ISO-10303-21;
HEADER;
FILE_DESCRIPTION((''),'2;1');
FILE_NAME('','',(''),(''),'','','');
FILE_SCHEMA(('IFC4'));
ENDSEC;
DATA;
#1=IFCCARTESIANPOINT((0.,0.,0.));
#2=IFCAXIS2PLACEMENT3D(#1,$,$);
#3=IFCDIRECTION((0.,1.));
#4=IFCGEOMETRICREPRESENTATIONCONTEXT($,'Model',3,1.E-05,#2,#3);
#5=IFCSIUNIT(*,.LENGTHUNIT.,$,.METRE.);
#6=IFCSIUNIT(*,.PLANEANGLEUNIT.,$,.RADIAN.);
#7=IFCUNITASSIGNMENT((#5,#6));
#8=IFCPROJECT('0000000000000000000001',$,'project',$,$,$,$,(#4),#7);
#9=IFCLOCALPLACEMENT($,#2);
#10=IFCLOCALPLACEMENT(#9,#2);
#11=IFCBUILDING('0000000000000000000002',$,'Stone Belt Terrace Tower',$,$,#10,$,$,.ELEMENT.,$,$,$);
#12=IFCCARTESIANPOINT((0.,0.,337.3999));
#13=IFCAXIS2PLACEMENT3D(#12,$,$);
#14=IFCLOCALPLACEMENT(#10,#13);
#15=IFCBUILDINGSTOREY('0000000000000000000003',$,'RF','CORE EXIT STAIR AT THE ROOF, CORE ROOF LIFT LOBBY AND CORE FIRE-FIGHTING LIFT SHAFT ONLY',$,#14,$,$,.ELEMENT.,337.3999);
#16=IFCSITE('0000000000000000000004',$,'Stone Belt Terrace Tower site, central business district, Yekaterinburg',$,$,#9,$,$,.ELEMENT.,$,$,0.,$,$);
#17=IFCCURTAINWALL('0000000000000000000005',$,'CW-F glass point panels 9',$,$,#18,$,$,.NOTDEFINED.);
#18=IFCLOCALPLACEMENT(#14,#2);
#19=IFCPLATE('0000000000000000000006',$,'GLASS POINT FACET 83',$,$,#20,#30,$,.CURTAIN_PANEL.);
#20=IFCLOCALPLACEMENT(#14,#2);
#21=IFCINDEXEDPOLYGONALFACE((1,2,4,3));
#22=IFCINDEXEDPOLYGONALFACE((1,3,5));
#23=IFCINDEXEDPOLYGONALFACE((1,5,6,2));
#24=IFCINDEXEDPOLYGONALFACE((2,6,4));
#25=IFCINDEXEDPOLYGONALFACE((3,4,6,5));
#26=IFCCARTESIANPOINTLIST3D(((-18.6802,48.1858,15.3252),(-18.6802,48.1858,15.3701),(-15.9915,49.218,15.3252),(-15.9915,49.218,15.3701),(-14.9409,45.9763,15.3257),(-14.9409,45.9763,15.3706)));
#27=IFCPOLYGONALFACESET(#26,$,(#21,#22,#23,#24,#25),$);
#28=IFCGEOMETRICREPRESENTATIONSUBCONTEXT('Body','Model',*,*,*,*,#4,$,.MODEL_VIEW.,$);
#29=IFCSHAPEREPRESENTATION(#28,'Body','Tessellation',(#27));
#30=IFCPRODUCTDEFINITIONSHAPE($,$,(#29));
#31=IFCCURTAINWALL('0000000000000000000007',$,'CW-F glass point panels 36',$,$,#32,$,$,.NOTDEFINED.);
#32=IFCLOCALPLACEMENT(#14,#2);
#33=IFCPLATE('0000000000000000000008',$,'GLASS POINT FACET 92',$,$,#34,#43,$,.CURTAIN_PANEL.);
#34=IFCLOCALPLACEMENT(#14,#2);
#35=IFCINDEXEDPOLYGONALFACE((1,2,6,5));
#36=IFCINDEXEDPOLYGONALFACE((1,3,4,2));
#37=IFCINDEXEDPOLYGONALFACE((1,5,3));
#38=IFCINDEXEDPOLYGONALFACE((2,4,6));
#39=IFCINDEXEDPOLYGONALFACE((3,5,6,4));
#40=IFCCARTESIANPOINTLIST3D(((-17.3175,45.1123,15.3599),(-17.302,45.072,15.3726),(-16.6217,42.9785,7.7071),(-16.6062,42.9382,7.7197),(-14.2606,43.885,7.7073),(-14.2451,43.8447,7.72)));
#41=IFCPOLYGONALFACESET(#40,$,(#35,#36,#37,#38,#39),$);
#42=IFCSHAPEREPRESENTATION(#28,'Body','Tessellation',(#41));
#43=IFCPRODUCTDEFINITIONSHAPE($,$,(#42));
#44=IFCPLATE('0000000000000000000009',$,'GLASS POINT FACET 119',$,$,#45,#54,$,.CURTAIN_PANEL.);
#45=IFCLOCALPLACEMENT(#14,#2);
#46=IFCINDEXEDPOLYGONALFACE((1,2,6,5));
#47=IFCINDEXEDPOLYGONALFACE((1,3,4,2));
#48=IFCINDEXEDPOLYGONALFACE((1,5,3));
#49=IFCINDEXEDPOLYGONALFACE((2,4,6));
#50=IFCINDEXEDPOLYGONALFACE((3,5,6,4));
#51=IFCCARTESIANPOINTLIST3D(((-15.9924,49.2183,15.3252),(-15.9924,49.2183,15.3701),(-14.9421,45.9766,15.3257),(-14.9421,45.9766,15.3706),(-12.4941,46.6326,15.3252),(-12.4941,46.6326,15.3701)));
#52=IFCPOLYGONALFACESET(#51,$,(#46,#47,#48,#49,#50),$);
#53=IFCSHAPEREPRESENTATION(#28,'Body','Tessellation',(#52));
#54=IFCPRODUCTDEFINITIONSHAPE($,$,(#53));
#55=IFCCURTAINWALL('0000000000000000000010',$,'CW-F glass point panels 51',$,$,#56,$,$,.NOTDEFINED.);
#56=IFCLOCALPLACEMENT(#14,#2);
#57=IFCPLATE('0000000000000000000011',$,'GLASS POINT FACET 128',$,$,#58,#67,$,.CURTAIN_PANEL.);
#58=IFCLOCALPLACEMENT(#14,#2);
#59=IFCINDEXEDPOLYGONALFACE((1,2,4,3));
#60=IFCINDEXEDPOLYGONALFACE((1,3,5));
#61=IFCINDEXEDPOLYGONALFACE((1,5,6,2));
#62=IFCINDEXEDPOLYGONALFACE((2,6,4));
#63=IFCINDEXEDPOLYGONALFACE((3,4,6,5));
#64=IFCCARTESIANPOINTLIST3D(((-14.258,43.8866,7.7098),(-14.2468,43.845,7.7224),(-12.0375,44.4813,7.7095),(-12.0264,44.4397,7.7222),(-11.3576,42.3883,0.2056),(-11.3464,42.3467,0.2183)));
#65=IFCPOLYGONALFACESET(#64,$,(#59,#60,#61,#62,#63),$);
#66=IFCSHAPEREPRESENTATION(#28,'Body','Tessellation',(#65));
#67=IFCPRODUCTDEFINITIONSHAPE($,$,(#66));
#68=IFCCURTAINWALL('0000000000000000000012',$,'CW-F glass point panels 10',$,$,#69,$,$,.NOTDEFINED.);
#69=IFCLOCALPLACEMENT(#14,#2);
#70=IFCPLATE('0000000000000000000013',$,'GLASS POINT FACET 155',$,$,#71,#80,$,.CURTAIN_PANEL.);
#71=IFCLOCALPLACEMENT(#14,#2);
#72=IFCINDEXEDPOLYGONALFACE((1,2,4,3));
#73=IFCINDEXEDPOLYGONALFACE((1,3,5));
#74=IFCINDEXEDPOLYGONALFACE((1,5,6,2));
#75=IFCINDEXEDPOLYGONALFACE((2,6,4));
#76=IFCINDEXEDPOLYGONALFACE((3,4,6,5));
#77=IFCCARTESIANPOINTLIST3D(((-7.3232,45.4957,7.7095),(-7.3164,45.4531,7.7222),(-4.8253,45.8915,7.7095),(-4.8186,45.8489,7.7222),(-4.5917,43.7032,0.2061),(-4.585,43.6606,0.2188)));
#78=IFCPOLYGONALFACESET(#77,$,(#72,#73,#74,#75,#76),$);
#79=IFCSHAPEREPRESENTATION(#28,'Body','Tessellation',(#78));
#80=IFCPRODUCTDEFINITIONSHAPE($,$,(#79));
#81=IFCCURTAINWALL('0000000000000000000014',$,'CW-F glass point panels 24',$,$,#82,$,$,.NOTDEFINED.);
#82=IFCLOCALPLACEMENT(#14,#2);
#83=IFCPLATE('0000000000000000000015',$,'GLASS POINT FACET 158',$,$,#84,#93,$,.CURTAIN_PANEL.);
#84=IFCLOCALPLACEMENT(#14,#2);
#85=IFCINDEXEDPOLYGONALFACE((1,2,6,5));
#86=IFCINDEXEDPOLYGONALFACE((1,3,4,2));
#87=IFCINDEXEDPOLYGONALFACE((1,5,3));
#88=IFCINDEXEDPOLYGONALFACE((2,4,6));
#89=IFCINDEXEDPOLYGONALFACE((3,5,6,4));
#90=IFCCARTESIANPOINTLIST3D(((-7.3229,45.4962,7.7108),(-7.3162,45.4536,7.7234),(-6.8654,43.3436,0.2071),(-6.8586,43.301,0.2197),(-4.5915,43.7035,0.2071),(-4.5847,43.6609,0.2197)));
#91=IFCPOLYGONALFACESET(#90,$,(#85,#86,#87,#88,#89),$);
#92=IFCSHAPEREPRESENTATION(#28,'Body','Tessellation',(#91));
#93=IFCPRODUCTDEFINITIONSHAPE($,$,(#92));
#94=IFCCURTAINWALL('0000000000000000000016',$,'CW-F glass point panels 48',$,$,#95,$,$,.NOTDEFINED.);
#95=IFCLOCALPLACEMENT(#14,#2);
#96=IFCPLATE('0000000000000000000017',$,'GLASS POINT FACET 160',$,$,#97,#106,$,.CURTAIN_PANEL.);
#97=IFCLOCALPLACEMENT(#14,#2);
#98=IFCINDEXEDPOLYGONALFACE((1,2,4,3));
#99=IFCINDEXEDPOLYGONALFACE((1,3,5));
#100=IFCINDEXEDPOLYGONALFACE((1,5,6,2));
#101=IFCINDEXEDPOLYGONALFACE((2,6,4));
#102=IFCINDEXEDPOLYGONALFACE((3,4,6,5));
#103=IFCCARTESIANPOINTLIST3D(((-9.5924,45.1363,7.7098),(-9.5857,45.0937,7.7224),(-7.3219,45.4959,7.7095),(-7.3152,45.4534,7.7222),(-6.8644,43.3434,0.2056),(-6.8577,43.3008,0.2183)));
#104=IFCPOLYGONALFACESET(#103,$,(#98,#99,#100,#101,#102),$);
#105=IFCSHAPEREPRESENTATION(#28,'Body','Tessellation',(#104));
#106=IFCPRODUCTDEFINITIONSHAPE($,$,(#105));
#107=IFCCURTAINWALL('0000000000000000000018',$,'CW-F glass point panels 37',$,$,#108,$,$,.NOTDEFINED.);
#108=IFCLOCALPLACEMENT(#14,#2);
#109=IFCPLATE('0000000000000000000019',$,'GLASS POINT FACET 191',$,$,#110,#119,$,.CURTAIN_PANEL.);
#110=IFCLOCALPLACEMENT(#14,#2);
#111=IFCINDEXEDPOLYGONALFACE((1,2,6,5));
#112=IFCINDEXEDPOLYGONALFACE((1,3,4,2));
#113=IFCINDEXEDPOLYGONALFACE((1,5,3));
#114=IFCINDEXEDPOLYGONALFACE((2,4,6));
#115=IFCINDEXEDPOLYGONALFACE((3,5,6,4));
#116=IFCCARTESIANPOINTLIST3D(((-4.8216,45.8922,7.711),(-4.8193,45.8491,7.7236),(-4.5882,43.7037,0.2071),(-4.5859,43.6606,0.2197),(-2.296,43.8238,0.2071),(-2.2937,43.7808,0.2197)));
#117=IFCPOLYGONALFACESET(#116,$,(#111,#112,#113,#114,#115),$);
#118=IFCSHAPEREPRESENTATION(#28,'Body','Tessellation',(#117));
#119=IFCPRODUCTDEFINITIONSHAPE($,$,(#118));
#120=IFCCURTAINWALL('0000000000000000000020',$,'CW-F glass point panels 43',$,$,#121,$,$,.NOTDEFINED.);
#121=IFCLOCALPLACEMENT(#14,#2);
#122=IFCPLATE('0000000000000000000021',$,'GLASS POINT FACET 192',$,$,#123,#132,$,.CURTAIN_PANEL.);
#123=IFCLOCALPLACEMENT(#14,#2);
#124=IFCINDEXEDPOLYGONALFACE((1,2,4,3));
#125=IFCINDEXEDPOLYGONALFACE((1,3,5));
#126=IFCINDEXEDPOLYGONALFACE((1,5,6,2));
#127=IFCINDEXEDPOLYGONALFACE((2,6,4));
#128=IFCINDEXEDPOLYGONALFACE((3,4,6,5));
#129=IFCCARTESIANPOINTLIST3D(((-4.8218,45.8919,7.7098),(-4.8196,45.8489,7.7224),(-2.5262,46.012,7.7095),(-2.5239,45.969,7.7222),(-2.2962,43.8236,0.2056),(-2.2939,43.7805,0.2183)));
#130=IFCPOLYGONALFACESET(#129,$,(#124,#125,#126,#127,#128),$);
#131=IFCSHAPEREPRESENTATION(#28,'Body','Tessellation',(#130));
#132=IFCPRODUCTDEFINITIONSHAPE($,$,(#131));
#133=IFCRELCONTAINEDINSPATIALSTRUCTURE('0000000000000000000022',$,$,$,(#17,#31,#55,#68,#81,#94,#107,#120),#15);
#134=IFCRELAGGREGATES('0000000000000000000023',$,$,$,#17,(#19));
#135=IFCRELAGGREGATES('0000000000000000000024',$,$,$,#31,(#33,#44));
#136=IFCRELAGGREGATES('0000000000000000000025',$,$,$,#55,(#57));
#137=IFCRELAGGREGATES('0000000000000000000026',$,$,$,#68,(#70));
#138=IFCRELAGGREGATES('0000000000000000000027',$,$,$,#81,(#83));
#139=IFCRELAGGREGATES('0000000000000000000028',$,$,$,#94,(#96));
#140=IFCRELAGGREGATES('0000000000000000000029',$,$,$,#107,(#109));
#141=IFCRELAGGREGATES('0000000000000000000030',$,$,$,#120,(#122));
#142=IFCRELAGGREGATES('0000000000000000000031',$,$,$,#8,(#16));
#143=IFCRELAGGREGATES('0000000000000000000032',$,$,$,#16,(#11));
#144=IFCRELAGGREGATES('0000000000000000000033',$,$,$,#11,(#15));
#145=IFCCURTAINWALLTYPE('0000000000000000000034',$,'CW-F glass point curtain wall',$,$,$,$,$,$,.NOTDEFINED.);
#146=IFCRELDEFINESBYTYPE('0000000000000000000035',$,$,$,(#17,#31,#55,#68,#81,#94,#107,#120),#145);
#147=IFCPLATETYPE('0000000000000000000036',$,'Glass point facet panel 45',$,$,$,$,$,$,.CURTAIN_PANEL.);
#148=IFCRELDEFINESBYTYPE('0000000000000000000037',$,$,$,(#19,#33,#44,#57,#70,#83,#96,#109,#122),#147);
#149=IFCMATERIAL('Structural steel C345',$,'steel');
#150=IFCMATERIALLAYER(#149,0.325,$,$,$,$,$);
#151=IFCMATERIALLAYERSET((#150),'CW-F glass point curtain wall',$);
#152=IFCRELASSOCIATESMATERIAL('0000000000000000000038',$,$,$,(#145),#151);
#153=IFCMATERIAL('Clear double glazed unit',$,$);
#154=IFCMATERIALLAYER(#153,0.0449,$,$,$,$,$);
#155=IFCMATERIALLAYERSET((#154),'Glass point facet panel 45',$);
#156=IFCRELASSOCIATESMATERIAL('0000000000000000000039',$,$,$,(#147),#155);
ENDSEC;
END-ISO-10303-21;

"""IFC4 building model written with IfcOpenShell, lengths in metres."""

from ifc_helpers import new_model, si_unit, direction, frame, origin, place, context, subcontext, project, spatial, polyline, outline, extrude, material, layer, layer_set, type_object, element, aggregate, save


model = new_model("IFC4")

# Units and contexts
model_context = context("Model", 3, precision=1e-05, world=origin(), true_north=direction((0.0, 1.0)))
body_context = subcontext(model_context, "Body", "Model", "MODEL_VIEW")
ifc_project = project(units=[si_unit("LENGTHUNIT", "METRE"), si_unit("PLANEANGLEUNIT", "RADIAN")], contexts=[model_context])

# Site, building, storey
site_placement = place(None, origin())
site = spatial("IfcSite", under=ifc_project, at=site_placement, Name="Stone Belt Terrace Tower site, central business district, Yekaterinburg", CompositionType="ELEMENT", RefElevation=0.0)
building_placement = place(site_placement, origin())
building = spatial("IfcBuilding", under=site, at=building_placement, Name="Stone Belt Terrace Tower", CompositionType="ELEMENT")
storey_placement = place(building_placement, frame((0.0, 0.0, 337.3999)))
storey = spatial("IfcBuildingStorey", under=building, at=storey_placement, Name="RF", Description="CORE EXIT STAIR AT THE ROOF, CORE ROOF LIFT LOBBY AND CORE FIRE-FIGHTING LIFT SHAFT ONLY", CompositionType="ELEMENT", Elevation=337.3999)

# Shared definitions
ifc_material_1 = material(Name="Structural steel C345", Category="steel")

# Curtain wall, plate
ifc_layer_1 = layer(ifc_material_1, 0.325)
ifc_layer_set_1 = layer_set([ifc_layer_1], Name="CW-F glass point curtain wall")
curtain_wall_type = type_object("IfcCurtainWallType", Name="CW-F glass point curtain wall", PredefinedType="NOTDEFINED", material=ifc_layer_set_1)
curtain_wall_1_placement = place(storey_placement, origin())
curtain_wall_1 = element("IfcCurtainWall", 1, at=curtain_wall_1_placement, inside=storey, type_object=curtain_wall_type, Name="CW-F glass point panels 9", PredefinedType="NOTDEFINED")
ifc_material_2 = material(Name="Clear double glazed unit")
ifc_layer_2 = layer(ifc_material_2, 0.0449)
ifc_layer_set_2 = layer_set([ifc_layer_2], Name="Glass point facet panel 45")
plate_type = type_object("IfcPlateType", Name="Glass point facet panel 45", PredefinedType="CURTAIN_PANEL", material=ifc_layer_set_2)
plate_1_placement = place(storey_placement, frame((-14.9409, 45.9763, 15.3706), z_axis=(-0.000051, 0.000134, 1.0), x_axis=(-0.860935, 0.508714, -0.000112)))
plate_1 = element("IfcPlate", 2, at=plate_1_placement, type_object=plate_type, Name="GLASS POINT FACET 83", PredefinedType="CURTAIN_PANEL", context=body_context, shape_type="SweptSolid", body=[
    extrude(outline(polyline([(0.0, 0.0), (4.3432, 0.0), (2.5535, -2.2565), (0.0, 0.0)])), origin(), (0.0, 0.0, -1.0), 0.0449),
])
aggregate(curtain_wall_1, [plate_1])

# Curtain wall, plates
curtain_wall_2_placement = place(storey_placement, origin())
curtain_wall_2 = element("IfcCurtainWall", 3, at=curtain_wall_2_placement, inside=storey, type_object=curtain_wall_type, Name="CW-F glass point panels 36", PredefinedType="NOTDEFINED")
plate_2_placement = place(storey_placement, frame((-17.302, 45.072, 15.3726), z_axis=(0.343947, -0.895932, 0.281079), x_axis=(0.36691, -0.147309, -0.918519)))
plate_2 = element("IfcPlate", 4, at=plate_2_placement, type_object=plate_type, Name="GLASS POINT FACET 92", PredefinedType="CURTAIN_PANEL", context=body_context, shape_type="SweptSolid", body=[
    extrude(outline(polyline([(0.0, 0.0), (8.3314, 0.0), (7.5989, -2.4207), (0.0, 0.0)])), origin(), (0.0, 0.0, -1.0), 0.0449),
])
plate_3_placement = place(storey_placement, frame((-14.9421, 45.9766, 15.3706), z_axis=(0.000146, 0.000198, 1.0), x_axis=(-0.308221, 0.951315, -0.000143)))
plate_3 = element("IfcPlate", 5, at=plate_3_placement, type_object=plate_type, Name="GLASS POINT FACET 119", PredefinedType="CURTAIN_PANEL", context=body_context, shape_type="SweptSolid", body=[
    extrude(outline(polyline([(0.0, 0.0), (3.4076, 0.0), (-0.1305, -2.531), (0.0, 0.0)])), origin(), (0.0, 0.0, -1.0), 0.0449),
])
aggregate(curtain_wall_2, [plate_2, plate_3])

# Curtain walls, plates
curtain_wall_3_placement = place(storey_placement, origin())
curtain_wall_3 = element("IfcCurtainWall", 6, at=curtain_wall_3_placement, inside=storey, type_object=curtain_wall_type, Name="CW-F glass point panels 51", PredefinedType="NOTDEFINED")
plate_4_placement = place(storey_placement, frame((-12.0264, 44.4397, 7.7222), z_axis=(0.24832, -0.927006, 0.281064), x_axis=(0.086948, -0.267651, -0.959585)))
plate_4 = element("IfcPlate", 7, at=plate_4_placement, type_object=plate_type, Name="GLASS POINT FACET 128", PredefinedType="CURTAIN_PANEL", context=body_context, shape_type="SweptSolid", body=[
    extrude(outline(polyline([(0.0, 0.0), (7.82, 0.0), (-0.0341, -2.2985), (0.0, 0.0)])), origin(), (0.0, 0.0, -1.0), 0.0449),
])
aggregate(curtain_wall_3, [plate_4])
curtain_wall_4_placement = place(storey_placement, origin())
curtain_wall_4 = element("IfcCurtainWall", 8, at=curtain_wall_4_placement, inside=storey, type_object=curtain_wall_type, Name="CW-F glass point panels 10", PredefinedType="NOTDEFINED")
plate_5_placement = place(storey_placement, frame((-4.585, 43.6606, 0.2188), z_axis=(0.150178, -0.947855, 0.281101), x_axis=(-0.333761, 0.219027, 0.916859)))
plate_5 = element("IfcPlate", 9, at=plate_5_placement, type_object=plate_type, Name="GLASS POINT FACET 155", PredefinedType="CURTAIN_PANEL", context=body_context, shape_type="SweptSolid", body=[
    extrude(outline(polyline([(0.0, 0.0), (8.1838, 0.0), (7.4368, -2.4161), (0.0, 0.0)])), origin(), (0.0, 0.0, -1.0), 0.0449),
])
aggregate(curtain_wall_4, [plate_5])
curtain_wall_5_placement = place(storey_placement, origin())
curtain_wall_5 = element("IfcCurtainWall", 10, at=curtain_wall_5_placement, inside=storey, type_object=curtain_wall_type, Name="CW-F glass point panels 24", PredefinedType="NOTDEFINED")
plate_6_placement = place(storey_placement, frame((-4.5847, 43.6609, 0.2197), z_axis=(0.15001, -0.947891, 0.28107), x_axis=(-0.987708, -0.156311, 0.0)))
plate_6 = element("IfcPlate", 11, at=plate_6_placement, type_object=plate_type, Name="GLASS POINT FACET 158", PredefinedType="CURTAIN_PANEL", context=body_context, shape_type="SweptSolid", body=[
    extrude(outline(polyline([(0.0, 0.0), (2.3022, 0.0), (2.4176, -7.8189), (0.0, 0.0)])), origin(), (0.0, 0.0, -1.0), 0.0449),
])
aggregate(curtain_wall_5, [plate_6])
curtain_wall_6_placement = place(storey_placement, origin())
curtain_wall_6 = element("IfcCurtainWall", 12, at=curtain_wall_6_placement, inside=storey, type_object=curtain_wall_type, Name="CW-F glass point panels 48", PredefinedType="NOTDEFINED")
plate_7_placement = place(storey_placement, frame((-7.3152, 45.4534, 7.7222), z_axis=(0.15016, -0.947869, 0.281063), x_axis=(0.058507, -0.275269, -0.959585)))
plate_7 = element("IfcPlate", 13, at=plate_7_placement, type_object=plate_type, Name="GLASS POINT FACET 160", PredefinedType="CURTAIN_PANEL", context=body_context, shape_type="SweptSolid", body=[
    extrude(outline(polyline([(0.0, 0.0), (7.8199, 0.0), (-0.0341, -2.2986), (0.0, 0.0)])), origin(), (0.0, 0.0, -1.0), 0.0449),
])
aggregate(curtain_wall_6, [plate_7])
curtain_wall_7_placement = place(storey_placement, origin())
curtain_wall_7 = element("IfcCurtainWall", 14, at=curtain_wall_7_placement, inside=storey, type_object=curtain_wall_type, Name="CW-F glass point panels 37", PredefinedType="NOTDEFINED")
plate_8_placement = place(storey_placement, frame((-4.5859, 43.6606, 0.2197), z_axis=(0.05022, -0.958373, 0.281067), x_axis=(-0.029846, 0.279856, 0.959578)))
plate_8 = element("IfcPlate", 15, at=plate_8_placement, type_object=plate_type, Name="GLASS POINT FACET 191", PredefinedType="CURTAIN_PANEL", context=body_context, shape_type="SweptSolid", body=[
    extrude(outline(polyline([(0.0, 0.0), (7.82, 0.0), (-0.0348, -2.2951), (0.0, 0.0)])), origin(), (0.0, 0.0, -1.0), 0.0449),
])
aggregate(curtain_wall_7, [plate_8])
curtain_wall_8_placement = place(storey_placement, origin())
curtain_wall_8 = element("IfcCurtainWall", 16, at=curtain_wall_8_placement, inside=storey, type_object=curtain_wall_type, Name="CW-F glass point panels 43", PredefinedType="NOTDEFINED")
plate_9_placement = place(storey_placement, frame((-2.5239, 45.969, 7.7222), z_axis=(0.050176, -0.958382, 0.281045), x_axis=(0.02941, -0.27986, -0.95959)))
plate_9 = element("IfcPlate", 17, at=plate_9_placement, type_object=plate_type, Name="GLASS POINT FACET 192", PredefinedType="CURTAIN_PANEL", context=body_context, shape_type="SweptSolid", body=[
    extrude(outline(polyline([(0.0, 0.0), (7.8199, 0.0), (-0.0341, -2.2985), (0.0, 0.0)])), origin(), (0.0, 0.0, -1.0), 0.0449),
])
aggregate(curtain_wall_8, [plate_9])

save(model, "model.ifc")
